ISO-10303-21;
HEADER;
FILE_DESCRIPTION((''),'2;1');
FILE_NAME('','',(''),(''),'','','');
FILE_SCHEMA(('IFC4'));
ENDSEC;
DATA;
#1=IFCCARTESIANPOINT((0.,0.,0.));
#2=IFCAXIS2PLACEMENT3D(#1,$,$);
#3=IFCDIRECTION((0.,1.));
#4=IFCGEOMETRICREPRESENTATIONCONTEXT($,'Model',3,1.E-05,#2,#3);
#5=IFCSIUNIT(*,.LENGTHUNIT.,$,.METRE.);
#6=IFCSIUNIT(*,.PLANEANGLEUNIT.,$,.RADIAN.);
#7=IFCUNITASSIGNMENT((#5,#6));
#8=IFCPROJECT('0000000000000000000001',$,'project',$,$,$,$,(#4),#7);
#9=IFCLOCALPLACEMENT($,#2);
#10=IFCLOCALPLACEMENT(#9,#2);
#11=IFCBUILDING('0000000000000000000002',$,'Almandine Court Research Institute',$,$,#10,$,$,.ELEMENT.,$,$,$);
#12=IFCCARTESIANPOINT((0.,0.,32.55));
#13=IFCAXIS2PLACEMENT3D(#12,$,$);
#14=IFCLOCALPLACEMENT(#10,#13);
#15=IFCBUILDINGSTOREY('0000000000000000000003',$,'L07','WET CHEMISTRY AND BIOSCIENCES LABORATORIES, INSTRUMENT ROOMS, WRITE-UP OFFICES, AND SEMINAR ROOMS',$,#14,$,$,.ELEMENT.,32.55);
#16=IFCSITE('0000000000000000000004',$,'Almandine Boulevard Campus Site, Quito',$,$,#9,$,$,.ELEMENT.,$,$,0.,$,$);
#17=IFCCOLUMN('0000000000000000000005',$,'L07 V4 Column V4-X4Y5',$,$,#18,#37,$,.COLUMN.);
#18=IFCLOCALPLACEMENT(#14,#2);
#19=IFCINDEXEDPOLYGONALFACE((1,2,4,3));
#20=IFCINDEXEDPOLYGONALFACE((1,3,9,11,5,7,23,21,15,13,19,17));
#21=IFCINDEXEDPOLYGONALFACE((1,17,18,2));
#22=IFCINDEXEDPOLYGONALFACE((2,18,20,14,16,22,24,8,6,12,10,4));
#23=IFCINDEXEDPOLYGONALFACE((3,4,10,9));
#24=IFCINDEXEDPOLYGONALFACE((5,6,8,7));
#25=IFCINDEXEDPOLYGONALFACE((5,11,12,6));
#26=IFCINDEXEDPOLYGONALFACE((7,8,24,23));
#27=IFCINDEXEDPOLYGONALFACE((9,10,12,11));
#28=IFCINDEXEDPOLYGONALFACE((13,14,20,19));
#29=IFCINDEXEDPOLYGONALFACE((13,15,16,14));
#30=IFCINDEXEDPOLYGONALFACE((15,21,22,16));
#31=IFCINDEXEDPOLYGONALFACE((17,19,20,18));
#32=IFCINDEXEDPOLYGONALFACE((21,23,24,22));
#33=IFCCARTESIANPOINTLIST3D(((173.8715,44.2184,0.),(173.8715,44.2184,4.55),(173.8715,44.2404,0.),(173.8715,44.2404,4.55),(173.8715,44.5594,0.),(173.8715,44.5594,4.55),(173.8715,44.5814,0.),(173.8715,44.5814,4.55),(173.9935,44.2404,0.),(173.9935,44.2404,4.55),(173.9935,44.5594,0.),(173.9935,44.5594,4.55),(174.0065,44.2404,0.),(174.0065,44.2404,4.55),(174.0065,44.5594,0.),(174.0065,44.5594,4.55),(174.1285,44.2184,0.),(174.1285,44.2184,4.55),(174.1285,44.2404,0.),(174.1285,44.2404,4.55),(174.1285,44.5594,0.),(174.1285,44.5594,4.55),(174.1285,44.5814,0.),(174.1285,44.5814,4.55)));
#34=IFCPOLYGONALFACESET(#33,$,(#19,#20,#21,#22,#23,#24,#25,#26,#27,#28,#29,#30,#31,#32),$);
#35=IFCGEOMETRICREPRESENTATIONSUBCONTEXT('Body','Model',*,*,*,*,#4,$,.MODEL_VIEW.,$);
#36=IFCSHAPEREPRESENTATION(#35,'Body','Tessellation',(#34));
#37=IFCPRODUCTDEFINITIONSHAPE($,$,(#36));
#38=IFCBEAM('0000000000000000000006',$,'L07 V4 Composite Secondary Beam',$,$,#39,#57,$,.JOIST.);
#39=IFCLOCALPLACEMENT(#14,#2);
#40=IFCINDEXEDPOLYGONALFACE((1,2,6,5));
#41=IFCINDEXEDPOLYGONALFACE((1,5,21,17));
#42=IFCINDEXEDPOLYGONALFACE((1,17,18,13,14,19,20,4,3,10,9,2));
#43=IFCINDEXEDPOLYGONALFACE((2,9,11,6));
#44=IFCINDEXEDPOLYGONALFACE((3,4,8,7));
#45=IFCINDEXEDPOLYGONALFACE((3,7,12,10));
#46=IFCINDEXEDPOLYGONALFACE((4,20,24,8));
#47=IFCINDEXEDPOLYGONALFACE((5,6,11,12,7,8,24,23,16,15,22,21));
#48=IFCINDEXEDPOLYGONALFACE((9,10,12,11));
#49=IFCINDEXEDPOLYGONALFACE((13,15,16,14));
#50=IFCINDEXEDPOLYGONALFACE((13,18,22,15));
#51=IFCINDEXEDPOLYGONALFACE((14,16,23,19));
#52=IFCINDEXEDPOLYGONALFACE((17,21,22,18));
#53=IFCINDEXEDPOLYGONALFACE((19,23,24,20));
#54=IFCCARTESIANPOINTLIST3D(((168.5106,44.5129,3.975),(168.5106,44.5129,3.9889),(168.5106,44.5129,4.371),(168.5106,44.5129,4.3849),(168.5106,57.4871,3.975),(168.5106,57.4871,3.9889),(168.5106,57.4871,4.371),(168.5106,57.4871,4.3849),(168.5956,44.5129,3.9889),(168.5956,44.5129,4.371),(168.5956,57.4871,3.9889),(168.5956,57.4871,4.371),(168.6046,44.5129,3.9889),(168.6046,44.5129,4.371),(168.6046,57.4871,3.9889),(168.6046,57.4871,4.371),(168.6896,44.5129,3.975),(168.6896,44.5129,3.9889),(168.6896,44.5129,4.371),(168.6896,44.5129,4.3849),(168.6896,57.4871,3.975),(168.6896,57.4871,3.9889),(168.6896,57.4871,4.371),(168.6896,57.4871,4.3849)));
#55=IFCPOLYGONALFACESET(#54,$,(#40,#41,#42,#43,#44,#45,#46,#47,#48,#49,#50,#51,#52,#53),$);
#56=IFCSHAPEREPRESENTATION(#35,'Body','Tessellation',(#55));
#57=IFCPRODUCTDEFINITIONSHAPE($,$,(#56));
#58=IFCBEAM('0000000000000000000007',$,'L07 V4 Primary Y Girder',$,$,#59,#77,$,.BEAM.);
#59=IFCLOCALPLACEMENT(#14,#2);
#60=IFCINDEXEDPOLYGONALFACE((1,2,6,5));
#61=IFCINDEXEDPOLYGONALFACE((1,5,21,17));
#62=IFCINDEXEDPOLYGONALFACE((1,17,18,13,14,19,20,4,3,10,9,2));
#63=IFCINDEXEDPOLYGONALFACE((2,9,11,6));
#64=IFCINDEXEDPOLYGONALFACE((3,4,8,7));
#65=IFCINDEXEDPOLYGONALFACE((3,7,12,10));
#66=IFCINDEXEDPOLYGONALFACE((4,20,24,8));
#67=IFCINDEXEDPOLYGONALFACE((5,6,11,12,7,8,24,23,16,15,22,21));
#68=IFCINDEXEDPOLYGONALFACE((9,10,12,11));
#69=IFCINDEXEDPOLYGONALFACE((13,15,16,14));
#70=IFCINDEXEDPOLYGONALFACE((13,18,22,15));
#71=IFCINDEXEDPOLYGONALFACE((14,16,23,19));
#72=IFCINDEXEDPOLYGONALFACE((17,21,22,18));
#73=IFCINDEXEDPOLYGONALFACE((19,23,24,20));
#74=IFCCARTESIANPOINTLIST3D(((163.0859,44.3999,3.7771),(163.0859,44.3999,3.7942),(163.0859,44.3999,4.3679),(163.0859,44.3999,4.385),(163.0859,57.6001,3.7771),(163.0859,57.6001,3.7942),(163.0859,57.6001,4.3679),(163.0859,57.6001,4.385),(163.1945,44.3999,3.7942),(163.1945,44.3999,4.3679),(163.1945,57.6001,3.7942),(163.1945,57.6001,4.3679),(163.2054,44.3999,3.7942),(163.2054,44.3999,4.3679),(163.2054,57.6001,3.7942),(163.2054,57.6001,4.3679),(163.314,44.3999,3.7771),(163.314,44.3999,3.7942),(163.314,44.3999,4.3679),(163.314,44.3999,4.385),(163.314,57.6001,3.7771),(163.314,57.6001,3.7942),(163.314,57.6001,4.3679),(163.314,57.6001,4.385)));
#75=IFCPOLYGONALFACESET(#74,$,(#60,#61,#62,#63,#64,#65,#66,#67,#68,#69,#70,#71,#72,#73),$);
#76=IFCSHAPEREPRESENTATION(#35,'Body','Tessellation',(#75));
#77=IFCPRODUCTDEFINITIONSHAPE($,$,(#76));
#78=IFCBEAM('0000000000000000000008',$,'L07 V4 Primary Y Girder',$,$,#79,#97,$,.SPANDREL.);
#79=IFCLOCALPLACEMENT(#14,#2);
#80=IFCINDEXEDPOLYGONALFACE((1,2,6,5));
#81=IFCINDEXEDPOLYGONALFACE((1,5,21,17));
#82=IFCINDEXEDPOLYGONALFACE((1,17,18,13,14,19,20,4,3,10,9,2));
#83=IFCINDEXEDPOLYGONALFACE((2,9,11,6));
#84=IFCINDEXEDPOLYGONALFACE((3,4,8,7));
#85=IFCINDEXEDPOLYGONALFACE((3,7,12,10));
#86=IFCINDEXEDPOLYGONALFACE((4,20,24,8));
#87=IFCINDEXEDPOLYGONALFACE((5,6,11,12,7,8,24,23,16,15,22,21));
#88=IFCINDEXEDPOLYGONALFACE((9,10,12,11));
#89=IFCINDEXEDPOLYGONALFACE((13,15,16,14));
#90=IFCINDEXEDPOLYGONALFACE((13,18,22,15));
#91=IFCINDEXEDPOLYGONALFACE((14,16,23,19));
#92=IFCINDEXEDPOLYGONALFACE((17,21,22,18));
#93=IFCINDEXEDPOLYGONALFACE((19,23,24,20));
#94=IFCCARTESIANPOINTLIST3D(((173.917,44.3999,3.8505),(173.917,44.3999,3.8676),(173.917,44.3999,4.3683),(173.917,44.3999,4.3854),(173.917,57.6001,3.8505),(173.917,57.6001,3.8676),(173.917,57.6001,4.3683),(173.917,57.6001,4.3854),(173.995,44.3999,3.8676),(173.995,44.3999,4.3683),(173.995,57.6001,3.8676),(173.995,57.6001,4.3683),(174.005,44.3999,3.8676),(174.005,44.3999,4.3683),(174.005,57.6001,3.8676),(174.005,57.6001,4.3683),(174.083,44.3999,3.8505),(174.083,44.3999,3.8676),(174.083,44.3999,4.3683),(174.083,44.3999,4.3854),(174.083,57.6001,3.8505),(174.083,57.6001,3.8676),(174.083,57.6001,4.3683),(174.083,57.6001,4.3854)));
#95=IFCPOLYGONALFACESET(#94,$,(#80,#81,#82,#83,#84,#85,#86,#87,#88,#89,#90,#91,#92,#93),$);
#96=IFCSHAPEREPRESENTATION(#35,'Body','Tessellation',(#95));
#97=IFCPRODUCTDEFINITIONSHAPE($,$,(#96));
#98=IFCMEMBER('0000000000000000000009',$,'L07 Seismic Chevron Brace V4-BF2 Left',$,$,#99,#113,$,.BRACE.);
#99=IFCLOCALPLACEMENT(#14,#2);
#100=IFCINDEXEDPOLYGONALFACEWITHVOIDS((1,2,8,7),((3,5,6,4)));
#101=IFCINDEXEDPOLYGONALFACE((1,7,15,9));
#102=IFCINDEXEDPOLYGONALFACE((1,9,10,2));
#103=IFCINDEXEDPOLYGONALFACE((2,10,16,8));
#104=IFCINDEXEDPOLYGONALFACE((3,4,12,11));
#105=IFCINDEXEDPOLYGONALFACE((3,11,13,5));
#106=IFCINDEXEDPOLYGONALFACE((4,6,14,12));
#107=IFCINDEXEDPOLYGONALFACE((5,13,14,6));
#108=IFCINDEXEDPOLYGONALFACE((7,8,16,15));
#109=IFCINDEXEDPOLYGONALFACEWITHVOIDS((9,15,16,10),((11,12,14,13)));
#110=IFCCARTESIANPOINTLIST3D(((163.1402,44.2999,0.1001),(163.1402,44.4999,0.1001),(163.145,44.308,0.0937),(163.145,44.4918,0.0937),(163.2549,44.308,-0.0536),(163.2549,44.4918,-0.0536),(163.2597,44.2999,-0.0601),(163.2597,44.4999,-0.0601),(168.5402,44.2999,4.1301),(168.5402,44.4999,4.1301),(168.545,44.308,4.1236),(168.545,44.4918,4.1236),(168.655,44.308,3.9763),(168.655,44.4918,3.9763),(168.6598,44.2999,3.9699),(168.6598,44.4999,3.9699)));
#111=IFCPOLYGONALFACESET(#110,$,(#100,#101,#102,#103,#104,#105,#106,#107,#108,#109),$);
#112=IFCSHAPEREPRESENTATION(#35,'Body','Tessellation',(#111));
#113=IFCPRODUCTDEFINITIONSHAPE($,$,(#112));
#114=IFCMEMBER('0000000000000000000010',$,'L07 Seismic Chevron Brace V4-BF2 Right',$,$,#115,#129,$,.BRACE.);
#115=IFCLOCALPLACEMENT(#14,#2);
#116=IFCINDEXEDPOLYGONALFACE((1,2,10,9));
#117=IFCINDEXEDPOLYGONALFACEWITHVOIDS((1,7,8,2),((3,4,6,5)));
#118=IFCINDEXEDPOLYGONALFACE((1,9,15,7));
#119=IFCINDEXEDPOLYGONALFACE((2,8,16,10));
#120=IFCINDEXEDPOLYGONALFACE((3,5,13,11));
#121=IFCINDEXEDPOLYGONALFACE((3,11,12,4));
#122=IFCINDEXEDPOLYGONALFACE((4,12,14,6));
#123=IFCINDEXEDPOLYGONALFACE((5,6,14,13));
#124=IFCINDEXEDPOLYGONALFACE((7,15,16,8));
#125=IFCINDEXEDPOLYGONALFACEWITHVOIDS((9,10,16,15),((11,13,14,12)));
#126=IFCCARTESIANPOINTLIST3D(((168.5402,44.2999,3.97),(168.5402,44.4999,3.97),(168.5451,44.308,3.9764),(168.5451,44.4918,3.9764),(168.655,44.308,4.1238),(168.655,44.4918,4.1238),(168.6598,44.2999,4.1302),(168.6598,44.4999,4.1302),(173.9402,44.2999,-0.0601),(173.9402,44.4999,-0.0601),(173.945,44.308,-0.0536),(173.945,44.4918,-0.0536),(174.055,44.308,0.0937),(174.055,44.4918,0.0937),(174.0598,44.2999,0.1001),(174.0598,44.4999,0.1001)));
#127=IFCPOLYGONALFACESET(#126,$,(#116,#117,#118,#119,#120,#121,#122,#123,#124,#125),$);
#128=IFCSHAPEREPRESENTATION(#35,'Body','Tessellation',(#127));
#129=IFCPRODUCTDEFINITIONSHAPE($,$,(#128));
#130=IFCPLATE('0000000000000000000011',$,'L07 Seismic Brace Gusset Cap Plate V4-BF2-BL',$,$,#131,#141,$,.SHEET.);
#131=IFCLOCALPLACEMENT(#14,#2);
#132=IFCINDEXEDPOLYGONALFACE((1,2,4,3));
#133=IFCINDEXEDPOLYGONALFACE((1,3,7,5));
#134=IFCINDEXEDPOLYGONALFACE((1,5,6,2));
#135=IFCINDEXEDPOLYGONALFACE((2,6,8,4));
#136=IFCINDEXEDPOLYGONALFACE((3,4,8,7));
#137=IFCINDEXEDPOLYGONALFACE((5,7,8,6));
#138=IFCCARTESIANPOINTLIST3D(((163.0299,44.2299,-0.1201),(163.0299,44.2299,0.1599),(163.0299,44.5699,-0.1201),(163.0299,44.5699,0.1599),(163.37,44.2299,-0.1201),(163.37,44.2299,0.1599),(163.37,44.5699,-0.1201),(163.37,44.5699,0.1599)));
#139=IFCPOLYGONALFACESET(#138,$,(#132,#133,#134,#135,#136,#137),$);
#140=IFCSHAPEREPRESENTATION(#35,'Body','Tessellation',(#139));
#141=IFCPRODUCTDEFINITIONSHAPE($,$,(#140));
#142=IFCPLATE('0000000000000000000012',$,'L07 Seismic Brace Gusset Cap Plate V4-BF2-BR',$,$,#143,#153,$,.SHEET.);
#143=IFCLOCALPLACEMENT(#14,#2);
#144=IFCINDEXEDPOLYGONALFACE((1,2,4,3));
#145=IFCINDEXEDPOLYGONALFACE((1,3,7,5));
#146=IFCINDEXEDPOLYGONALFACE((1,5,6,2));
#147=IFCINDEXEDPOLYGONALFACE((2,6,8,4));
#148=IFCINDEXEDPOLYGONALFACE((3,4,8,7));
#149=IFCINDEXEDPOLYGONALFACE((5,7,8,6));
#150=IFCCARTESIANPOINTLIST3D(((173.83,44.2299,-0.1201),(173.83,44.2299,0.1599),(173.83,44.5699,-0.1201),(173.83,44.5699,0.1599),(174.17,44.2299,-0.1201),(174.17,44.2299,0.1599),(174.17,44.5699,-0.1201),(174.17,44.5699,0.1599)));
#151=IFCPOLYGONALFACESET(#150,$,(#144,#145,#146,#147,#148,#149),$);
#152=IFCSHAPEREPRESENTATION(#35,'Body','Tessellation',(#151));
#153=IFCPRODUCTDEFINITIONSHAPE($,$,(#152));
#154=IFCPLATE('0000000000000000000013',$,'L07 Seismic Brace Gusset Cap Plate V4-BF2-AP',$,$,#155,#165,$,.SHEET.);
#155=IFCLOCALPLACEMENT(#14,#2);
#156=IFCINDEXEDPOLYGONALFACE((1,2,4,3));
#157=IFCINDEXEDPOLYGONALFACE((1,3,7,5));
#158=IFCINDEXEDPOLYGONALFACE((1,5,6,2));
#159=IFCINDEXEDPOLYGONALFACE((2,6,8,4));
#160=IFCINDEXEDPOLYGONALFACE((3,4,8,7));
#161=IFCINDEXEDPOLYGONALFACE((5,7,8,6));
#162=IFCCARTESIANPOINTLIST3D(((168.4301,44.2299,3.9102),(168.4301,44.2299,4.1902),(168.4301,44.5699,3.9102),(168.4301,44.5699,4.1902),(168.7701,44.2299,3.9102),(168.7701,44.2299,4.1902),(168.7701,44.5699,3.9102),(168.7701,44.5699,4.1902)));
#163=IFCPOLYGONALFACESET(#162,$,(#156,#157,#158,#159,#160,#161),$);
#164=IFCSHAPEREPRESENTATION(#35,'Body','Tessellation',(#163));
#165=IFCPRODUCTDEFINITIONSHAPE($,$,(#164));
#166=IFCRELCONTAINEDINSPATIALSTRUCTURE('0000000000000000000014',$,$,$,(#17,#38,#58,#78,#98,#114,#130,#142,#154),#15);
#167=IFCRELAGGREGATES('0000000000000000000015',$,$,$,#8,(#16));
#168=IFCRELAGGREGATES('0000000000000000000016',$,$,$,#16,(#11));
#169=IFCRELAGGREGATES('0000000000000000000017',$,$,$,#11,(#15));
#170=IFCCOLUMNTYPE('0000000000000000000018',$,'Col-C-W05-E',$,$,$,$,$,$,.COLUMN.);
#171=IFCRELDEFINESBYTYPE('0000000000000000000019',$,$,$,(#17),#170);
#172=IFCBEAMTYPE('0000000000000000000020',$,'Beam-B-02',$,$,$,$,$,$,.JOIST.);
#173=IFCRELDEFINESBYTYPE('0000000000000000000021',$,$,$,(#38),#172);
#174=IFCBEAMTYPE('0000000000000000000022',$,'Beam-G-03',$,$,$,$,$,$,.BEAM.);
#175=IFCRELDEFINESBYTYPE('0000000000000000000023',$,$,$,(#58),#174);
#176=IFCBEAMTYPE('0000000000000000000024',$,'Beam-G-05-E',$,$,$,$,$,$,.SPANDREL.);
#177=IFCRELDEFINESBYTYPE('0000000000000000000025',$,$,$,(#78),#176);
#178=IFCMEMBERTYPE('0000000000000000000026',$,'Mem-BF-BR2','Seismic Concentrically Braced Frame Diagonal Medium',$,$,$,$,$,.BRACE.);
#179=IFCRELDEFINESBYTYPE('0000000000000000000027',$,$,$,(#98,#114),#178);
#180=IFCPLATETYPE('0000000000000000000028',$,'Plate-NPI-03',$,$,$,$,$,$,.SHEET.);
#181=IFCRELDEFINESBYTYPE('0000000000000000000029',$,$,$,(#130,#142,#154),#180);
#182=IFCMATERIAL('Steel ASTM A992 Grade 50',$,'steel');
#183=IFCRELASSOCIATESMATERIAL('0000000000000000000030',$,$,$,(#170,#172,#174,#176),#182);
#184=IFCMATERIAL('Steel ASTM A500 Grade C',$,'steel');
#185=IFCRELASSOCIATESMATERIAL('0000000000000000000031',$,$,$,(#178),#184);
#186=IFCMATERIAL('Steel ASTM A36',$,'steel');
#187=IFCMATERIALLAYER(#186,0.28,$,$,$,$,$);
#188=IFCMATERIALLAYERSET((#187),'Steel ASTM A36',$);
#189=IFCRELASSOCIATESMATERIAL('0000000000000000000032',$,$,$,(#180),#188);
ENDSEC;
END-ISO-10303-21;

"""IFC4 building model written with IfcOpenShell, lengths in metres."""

from ifc_helpers import new_model, si_unit, direction, frame, origin, origin_2d, place, context, subcontext, project, spatial, rectangle, hollow_rectangle, i_section, extrude, material, layer, layer_set, material_profile, profile_set, type_object, element, save


model = new_model("IFC4")

# Units and contexts
model_context = context("Model", 3, precision=1e-05, world=origin(), true_north=direction((0.0, 1.0)))
body_context = subcontext(model_context, "Body", "Model", "MODEL_VIEW")
ifc_project = project(units=[si_unit("LENGTHUNIT", "METRE"), si_unit("PLANEANGLEUNIT", "RADIAN")], contexts=[model_context])

# Site, building, storey
site_placement = place(None, origin())
site = spatial("IfcSite", under=ifc_project, at=site_placement, Name="Almandine Boulevard Campus Site, Quito", CompositionType="ELEMENT", RefElevation=0.0)
building_placement = place(site_placement, origin())
building = spatial("IfcBuilding", under=site, at=building_placement, Name="Almandine Court Research Institute", CompositionType="ELEMENT")
storey_placement = place(building_placement, frame((0.0, 0.0, 32.55)))
storey = spatial("IfcBuildingStorey", under=building, at=storey_placement, Name="L07", Description="WET CHEMISTRY AND BIOSCIENCES LABORATORIES, INSTRUMENT ROOMS, WRITE-UP OFFICES, AND SEMINAR ROOMS", CompositionType="ELEMENT", Elevation=32.55)

# Column
ifc_material_1 = material(Name="Steel ASTM A992 Grade 50", Category="steel")
ifc_material_profile_1 = material_profile(ifc_material_1, i_section(OverallWidth=0.2571, OverallDepth=0.363, WebThickness=0.0129, FlangeThickness=0.022, at=origin_2d()), Name="W360x122")
ifc_profile_set_1 = profile_set([ifc_material_profile_1], Name="Steel ASTM A992 Grade 50")
column_type = type_object("IfcColumnType", Name="Col-C-W05-E", PredefinedType="COLUMN", material=ifc_profile_set_1)
column_placement = place(storey_placement, frame((174.0, 44.3999, 0.0), z_axis=(0.0, 0.0, 1.0), x_axis=(1.0, 0.0, 0.0)))
element("IfcColumn", 1, at=column_placement, inside=storey, type_object=column_type, Name="L07 V4 Column V4-X4Y5", PredefinedType="COLUMN", context=body_context, shape_type="SweptSolid", body=[
    extrude(i_section(OverallWidth=0.2571, OverallDepth=0.363, WebThickness=0.0129, FlangeThickness=0.022, at=origin_2d()), origin(), (0.0, 0.0, 1.0), 4.55),
])

# Beams
ifc_material_profile_2 = material_profile(ifc_material_1, i_section(OverallWidth=0.179, OverallDepth=0.4099, WebThickness=0.009, FlangeThickness=0.0139, at=origin_2d()), Name="W410x67")
ifc_profile_set_2 = profile_set([ifc_material_profile_2], Name="Steel ASTM A992 Grade 50")
beam_type_1 = type_object("IfcBeamType", Name="Beam-B-02", PredefinedType="JOIST", material=ifc_profile_set_2)
beam_1_placement = place(storey_placement, frame((168.6001, 44.5129, 4.1799), z_axis=(0.0, 1.0, 0.0), x_axis=(-1.0, 0.0, 0.0)))
element("IfcBeam", 2, at=beam_1_placement, inside=storey, type_object=beam_type_1, Name="L07 V4 Composite Secondary Beam", PredefinedType="JOIST", context=body_context, shape_type="SweptSolid", body=[
    extrude(i_section(OverallWidth=0.179, OverallDepth=0.4099, WebThickness=0.009, FlangeThickness=0.0139, at=origin_2d()), origin(), (0.0, 0.0, 1.0), 12.9741),
])
ifc_material_profile_3 = material_profile(ifc_material_1, i_section(OverallWidth=0.228, OverallDepth=0.6079, WebThickness=0.011, FlangeThickness=0.0171, at=origin_2d()), Name="W610x113")
ifc_profile_set_3 = profile_set([ifc_material_profile_3], Name="Steel ASTM A992 Grade 50")
beam_type_2 = type_object("IfcBeamType", Name="Beam-G-03", PredefinedType="BEAM", material=ifc_profile_set_3)
beam_2_placement = place(storey_placement, frame((163.2, 44.3999, 4.0811), z_axis=(0.0, 1.0, 0.0), x_axis=(-1.0, 0.0, 0.0)))
element("IfcBeam", 3, at=beam_2_placement, inside=storey, type_object=beam_type_2, Name="L07 V4 Primary Y Girder", PredefinedType="BEAM", context=body_context, shape_type="SweptSolid", body=[
    extrude(i_section(OverallWidth=0.228, OverallDepth=0.6079, WebThickness=0.011, FlangeThickness=0.0171, at=origin_2d()), origin(), (0.0, 0.0, 1.0), 13.2002),
])
ifc_material_profile_4 = material_profile(ifc_material_1, i_section(OverallWidth=0.166, OverallDepth=0.5349, WebThickness=0.01, FlangeThickness=0.0171, at=origin_2d()), Name="W530x85")
ifc_profile_set_4 = profile_set([ifc_material_profile_4], Name="Steel ASTM A992 Grade 50")
beam_type_3 = type_object("IfcBeamType", Name="Beam-G-05-E", PredefinedType="SPANDREL", material=ifc_profile_set_4)
beam_3_placement = place(storey_placement, frame((174.0, 44.3999, 4.1179), z_axis=(0.0, 1.0, 0.0), x_axis=(-1.0, 0.0, 0.0)))
element("IfcBeam", 4, at=beam_3_placement, inside=storey, type_object=beam_type_3, Name="L07 V4 Primary Y Girder", PredefinedType="SPANDREL", context=body_context, shape_type="SweptSolid", body=[
    extrude(i_section(OverallWidth=0.166, OverallDepth=0.5349, WebThickness=0.01, FlangeThickness=0.0171, at=origin_2d()), origin(), (0.0, 0.0, 1.0), 13.2002),
])

# Members
ifc_material_2 = material(Name="Steel ASTM A500 Grade C", Category="steel")
ifc_material_profile_5 = material_profile(ifc_material_2, hollow_rectangle(XDim=0.2, YDim=0.2, WallThickness=0.0081, at=origin_2d()), Name="HSS 200x200x8")
ifc_profile_set_5 = profile_set([ifc_material_profile_5], Name="Steel ASTM A500 Grade C")
member_type = type_object("IfcMemberType", Name="Mem-BF-BR2", Description="Seismic Concentrically Braced Frame Diagonal Medium", PredefinedType="BRACE", material=ifc_profile_set_5)
for number, where, z_axis, x_axis, name in (
    (5, (163.2, 44.3999, 0.02), (0.801428, 0.0, 0.598091), (0.0, 1.0, 0.0), "L07 Seismic Chevron Brace V4-BF2 Left"),
    (6, (174.0, 44.3999, 0.02), (-0.801415, 0.0, 0.598108), (0.0, -1.0, 0.0), "L07 Seismic Chevron Brace V4-BF2 Right"),
):
    element("IfcMember", number, at=place(storey_placement, frame(where, z_axis=z_axis, x_axis=x_axis)), inside=storey, type_object=member_type, Name=name, PredefinedType="BRACE", context=body_context, shape_type="SweptSolid", body=[
        extrude(hollow_rectangle(XDim=0.2, YDim=0.2, WallThickness=0.0081, at=origin_2d()), origin(), (0.0, 0.0, 1.0), 6.738),
    ])

# Plates
ifc_material_3 = material(Name="Steel ASTM A36", Category="steel")
ifc_layer_1 = layer(ifc_material_3, 0.28)
ifc_layer_set_1 = layer_set([ifc_layer_1], Name="Steel ASTM A36")
plate_type = type_object("IfcPlateType", Name="Plate-NPI-03", PredefinedType="SHEET", material=ifc_layer_set_1)
for number, where, z_axis, x_axis, name in (
    (7, (163.2, 44.3999, -0.1201), (0.0, 0.0, 1.0), (1.0, 0.0, 0.0), "L07 Seismic Brace Gusset Cap Plate V4-BF2-BL"),
    (8, (174.0, 44.3999, -0.1201), (0.0, 0.0, 1.0), (1.0, 0.0, 0.0), "L07 Seismic Brace Gusset Cap Plate V4-BF2-BR"),
    (9, (168.6001, 44.3999, 3.9102), (0.0, 0.0, 1.0), (1.0, 0.0, 0.0), "L07 Seismic Brace Gusset Cap Plate V4-BF2-AP"),
):
    element("IfcPlate", number, at=place(storey_placement, frame(where, z_axis=z_axis, x_axis=x_axis)), inside=storey, type_object=plate_type, Name=name, PredefinedType="SHEET", context=body_context, shape_type="SweptSolid", body=[
        extrude(rectangle(XDim=0.3401, YDim=0.3401, at=origin_2d()), origin(), (0.0, 0.0, 1.0), 0.28),
    ])

save(model, "model.ifc")
